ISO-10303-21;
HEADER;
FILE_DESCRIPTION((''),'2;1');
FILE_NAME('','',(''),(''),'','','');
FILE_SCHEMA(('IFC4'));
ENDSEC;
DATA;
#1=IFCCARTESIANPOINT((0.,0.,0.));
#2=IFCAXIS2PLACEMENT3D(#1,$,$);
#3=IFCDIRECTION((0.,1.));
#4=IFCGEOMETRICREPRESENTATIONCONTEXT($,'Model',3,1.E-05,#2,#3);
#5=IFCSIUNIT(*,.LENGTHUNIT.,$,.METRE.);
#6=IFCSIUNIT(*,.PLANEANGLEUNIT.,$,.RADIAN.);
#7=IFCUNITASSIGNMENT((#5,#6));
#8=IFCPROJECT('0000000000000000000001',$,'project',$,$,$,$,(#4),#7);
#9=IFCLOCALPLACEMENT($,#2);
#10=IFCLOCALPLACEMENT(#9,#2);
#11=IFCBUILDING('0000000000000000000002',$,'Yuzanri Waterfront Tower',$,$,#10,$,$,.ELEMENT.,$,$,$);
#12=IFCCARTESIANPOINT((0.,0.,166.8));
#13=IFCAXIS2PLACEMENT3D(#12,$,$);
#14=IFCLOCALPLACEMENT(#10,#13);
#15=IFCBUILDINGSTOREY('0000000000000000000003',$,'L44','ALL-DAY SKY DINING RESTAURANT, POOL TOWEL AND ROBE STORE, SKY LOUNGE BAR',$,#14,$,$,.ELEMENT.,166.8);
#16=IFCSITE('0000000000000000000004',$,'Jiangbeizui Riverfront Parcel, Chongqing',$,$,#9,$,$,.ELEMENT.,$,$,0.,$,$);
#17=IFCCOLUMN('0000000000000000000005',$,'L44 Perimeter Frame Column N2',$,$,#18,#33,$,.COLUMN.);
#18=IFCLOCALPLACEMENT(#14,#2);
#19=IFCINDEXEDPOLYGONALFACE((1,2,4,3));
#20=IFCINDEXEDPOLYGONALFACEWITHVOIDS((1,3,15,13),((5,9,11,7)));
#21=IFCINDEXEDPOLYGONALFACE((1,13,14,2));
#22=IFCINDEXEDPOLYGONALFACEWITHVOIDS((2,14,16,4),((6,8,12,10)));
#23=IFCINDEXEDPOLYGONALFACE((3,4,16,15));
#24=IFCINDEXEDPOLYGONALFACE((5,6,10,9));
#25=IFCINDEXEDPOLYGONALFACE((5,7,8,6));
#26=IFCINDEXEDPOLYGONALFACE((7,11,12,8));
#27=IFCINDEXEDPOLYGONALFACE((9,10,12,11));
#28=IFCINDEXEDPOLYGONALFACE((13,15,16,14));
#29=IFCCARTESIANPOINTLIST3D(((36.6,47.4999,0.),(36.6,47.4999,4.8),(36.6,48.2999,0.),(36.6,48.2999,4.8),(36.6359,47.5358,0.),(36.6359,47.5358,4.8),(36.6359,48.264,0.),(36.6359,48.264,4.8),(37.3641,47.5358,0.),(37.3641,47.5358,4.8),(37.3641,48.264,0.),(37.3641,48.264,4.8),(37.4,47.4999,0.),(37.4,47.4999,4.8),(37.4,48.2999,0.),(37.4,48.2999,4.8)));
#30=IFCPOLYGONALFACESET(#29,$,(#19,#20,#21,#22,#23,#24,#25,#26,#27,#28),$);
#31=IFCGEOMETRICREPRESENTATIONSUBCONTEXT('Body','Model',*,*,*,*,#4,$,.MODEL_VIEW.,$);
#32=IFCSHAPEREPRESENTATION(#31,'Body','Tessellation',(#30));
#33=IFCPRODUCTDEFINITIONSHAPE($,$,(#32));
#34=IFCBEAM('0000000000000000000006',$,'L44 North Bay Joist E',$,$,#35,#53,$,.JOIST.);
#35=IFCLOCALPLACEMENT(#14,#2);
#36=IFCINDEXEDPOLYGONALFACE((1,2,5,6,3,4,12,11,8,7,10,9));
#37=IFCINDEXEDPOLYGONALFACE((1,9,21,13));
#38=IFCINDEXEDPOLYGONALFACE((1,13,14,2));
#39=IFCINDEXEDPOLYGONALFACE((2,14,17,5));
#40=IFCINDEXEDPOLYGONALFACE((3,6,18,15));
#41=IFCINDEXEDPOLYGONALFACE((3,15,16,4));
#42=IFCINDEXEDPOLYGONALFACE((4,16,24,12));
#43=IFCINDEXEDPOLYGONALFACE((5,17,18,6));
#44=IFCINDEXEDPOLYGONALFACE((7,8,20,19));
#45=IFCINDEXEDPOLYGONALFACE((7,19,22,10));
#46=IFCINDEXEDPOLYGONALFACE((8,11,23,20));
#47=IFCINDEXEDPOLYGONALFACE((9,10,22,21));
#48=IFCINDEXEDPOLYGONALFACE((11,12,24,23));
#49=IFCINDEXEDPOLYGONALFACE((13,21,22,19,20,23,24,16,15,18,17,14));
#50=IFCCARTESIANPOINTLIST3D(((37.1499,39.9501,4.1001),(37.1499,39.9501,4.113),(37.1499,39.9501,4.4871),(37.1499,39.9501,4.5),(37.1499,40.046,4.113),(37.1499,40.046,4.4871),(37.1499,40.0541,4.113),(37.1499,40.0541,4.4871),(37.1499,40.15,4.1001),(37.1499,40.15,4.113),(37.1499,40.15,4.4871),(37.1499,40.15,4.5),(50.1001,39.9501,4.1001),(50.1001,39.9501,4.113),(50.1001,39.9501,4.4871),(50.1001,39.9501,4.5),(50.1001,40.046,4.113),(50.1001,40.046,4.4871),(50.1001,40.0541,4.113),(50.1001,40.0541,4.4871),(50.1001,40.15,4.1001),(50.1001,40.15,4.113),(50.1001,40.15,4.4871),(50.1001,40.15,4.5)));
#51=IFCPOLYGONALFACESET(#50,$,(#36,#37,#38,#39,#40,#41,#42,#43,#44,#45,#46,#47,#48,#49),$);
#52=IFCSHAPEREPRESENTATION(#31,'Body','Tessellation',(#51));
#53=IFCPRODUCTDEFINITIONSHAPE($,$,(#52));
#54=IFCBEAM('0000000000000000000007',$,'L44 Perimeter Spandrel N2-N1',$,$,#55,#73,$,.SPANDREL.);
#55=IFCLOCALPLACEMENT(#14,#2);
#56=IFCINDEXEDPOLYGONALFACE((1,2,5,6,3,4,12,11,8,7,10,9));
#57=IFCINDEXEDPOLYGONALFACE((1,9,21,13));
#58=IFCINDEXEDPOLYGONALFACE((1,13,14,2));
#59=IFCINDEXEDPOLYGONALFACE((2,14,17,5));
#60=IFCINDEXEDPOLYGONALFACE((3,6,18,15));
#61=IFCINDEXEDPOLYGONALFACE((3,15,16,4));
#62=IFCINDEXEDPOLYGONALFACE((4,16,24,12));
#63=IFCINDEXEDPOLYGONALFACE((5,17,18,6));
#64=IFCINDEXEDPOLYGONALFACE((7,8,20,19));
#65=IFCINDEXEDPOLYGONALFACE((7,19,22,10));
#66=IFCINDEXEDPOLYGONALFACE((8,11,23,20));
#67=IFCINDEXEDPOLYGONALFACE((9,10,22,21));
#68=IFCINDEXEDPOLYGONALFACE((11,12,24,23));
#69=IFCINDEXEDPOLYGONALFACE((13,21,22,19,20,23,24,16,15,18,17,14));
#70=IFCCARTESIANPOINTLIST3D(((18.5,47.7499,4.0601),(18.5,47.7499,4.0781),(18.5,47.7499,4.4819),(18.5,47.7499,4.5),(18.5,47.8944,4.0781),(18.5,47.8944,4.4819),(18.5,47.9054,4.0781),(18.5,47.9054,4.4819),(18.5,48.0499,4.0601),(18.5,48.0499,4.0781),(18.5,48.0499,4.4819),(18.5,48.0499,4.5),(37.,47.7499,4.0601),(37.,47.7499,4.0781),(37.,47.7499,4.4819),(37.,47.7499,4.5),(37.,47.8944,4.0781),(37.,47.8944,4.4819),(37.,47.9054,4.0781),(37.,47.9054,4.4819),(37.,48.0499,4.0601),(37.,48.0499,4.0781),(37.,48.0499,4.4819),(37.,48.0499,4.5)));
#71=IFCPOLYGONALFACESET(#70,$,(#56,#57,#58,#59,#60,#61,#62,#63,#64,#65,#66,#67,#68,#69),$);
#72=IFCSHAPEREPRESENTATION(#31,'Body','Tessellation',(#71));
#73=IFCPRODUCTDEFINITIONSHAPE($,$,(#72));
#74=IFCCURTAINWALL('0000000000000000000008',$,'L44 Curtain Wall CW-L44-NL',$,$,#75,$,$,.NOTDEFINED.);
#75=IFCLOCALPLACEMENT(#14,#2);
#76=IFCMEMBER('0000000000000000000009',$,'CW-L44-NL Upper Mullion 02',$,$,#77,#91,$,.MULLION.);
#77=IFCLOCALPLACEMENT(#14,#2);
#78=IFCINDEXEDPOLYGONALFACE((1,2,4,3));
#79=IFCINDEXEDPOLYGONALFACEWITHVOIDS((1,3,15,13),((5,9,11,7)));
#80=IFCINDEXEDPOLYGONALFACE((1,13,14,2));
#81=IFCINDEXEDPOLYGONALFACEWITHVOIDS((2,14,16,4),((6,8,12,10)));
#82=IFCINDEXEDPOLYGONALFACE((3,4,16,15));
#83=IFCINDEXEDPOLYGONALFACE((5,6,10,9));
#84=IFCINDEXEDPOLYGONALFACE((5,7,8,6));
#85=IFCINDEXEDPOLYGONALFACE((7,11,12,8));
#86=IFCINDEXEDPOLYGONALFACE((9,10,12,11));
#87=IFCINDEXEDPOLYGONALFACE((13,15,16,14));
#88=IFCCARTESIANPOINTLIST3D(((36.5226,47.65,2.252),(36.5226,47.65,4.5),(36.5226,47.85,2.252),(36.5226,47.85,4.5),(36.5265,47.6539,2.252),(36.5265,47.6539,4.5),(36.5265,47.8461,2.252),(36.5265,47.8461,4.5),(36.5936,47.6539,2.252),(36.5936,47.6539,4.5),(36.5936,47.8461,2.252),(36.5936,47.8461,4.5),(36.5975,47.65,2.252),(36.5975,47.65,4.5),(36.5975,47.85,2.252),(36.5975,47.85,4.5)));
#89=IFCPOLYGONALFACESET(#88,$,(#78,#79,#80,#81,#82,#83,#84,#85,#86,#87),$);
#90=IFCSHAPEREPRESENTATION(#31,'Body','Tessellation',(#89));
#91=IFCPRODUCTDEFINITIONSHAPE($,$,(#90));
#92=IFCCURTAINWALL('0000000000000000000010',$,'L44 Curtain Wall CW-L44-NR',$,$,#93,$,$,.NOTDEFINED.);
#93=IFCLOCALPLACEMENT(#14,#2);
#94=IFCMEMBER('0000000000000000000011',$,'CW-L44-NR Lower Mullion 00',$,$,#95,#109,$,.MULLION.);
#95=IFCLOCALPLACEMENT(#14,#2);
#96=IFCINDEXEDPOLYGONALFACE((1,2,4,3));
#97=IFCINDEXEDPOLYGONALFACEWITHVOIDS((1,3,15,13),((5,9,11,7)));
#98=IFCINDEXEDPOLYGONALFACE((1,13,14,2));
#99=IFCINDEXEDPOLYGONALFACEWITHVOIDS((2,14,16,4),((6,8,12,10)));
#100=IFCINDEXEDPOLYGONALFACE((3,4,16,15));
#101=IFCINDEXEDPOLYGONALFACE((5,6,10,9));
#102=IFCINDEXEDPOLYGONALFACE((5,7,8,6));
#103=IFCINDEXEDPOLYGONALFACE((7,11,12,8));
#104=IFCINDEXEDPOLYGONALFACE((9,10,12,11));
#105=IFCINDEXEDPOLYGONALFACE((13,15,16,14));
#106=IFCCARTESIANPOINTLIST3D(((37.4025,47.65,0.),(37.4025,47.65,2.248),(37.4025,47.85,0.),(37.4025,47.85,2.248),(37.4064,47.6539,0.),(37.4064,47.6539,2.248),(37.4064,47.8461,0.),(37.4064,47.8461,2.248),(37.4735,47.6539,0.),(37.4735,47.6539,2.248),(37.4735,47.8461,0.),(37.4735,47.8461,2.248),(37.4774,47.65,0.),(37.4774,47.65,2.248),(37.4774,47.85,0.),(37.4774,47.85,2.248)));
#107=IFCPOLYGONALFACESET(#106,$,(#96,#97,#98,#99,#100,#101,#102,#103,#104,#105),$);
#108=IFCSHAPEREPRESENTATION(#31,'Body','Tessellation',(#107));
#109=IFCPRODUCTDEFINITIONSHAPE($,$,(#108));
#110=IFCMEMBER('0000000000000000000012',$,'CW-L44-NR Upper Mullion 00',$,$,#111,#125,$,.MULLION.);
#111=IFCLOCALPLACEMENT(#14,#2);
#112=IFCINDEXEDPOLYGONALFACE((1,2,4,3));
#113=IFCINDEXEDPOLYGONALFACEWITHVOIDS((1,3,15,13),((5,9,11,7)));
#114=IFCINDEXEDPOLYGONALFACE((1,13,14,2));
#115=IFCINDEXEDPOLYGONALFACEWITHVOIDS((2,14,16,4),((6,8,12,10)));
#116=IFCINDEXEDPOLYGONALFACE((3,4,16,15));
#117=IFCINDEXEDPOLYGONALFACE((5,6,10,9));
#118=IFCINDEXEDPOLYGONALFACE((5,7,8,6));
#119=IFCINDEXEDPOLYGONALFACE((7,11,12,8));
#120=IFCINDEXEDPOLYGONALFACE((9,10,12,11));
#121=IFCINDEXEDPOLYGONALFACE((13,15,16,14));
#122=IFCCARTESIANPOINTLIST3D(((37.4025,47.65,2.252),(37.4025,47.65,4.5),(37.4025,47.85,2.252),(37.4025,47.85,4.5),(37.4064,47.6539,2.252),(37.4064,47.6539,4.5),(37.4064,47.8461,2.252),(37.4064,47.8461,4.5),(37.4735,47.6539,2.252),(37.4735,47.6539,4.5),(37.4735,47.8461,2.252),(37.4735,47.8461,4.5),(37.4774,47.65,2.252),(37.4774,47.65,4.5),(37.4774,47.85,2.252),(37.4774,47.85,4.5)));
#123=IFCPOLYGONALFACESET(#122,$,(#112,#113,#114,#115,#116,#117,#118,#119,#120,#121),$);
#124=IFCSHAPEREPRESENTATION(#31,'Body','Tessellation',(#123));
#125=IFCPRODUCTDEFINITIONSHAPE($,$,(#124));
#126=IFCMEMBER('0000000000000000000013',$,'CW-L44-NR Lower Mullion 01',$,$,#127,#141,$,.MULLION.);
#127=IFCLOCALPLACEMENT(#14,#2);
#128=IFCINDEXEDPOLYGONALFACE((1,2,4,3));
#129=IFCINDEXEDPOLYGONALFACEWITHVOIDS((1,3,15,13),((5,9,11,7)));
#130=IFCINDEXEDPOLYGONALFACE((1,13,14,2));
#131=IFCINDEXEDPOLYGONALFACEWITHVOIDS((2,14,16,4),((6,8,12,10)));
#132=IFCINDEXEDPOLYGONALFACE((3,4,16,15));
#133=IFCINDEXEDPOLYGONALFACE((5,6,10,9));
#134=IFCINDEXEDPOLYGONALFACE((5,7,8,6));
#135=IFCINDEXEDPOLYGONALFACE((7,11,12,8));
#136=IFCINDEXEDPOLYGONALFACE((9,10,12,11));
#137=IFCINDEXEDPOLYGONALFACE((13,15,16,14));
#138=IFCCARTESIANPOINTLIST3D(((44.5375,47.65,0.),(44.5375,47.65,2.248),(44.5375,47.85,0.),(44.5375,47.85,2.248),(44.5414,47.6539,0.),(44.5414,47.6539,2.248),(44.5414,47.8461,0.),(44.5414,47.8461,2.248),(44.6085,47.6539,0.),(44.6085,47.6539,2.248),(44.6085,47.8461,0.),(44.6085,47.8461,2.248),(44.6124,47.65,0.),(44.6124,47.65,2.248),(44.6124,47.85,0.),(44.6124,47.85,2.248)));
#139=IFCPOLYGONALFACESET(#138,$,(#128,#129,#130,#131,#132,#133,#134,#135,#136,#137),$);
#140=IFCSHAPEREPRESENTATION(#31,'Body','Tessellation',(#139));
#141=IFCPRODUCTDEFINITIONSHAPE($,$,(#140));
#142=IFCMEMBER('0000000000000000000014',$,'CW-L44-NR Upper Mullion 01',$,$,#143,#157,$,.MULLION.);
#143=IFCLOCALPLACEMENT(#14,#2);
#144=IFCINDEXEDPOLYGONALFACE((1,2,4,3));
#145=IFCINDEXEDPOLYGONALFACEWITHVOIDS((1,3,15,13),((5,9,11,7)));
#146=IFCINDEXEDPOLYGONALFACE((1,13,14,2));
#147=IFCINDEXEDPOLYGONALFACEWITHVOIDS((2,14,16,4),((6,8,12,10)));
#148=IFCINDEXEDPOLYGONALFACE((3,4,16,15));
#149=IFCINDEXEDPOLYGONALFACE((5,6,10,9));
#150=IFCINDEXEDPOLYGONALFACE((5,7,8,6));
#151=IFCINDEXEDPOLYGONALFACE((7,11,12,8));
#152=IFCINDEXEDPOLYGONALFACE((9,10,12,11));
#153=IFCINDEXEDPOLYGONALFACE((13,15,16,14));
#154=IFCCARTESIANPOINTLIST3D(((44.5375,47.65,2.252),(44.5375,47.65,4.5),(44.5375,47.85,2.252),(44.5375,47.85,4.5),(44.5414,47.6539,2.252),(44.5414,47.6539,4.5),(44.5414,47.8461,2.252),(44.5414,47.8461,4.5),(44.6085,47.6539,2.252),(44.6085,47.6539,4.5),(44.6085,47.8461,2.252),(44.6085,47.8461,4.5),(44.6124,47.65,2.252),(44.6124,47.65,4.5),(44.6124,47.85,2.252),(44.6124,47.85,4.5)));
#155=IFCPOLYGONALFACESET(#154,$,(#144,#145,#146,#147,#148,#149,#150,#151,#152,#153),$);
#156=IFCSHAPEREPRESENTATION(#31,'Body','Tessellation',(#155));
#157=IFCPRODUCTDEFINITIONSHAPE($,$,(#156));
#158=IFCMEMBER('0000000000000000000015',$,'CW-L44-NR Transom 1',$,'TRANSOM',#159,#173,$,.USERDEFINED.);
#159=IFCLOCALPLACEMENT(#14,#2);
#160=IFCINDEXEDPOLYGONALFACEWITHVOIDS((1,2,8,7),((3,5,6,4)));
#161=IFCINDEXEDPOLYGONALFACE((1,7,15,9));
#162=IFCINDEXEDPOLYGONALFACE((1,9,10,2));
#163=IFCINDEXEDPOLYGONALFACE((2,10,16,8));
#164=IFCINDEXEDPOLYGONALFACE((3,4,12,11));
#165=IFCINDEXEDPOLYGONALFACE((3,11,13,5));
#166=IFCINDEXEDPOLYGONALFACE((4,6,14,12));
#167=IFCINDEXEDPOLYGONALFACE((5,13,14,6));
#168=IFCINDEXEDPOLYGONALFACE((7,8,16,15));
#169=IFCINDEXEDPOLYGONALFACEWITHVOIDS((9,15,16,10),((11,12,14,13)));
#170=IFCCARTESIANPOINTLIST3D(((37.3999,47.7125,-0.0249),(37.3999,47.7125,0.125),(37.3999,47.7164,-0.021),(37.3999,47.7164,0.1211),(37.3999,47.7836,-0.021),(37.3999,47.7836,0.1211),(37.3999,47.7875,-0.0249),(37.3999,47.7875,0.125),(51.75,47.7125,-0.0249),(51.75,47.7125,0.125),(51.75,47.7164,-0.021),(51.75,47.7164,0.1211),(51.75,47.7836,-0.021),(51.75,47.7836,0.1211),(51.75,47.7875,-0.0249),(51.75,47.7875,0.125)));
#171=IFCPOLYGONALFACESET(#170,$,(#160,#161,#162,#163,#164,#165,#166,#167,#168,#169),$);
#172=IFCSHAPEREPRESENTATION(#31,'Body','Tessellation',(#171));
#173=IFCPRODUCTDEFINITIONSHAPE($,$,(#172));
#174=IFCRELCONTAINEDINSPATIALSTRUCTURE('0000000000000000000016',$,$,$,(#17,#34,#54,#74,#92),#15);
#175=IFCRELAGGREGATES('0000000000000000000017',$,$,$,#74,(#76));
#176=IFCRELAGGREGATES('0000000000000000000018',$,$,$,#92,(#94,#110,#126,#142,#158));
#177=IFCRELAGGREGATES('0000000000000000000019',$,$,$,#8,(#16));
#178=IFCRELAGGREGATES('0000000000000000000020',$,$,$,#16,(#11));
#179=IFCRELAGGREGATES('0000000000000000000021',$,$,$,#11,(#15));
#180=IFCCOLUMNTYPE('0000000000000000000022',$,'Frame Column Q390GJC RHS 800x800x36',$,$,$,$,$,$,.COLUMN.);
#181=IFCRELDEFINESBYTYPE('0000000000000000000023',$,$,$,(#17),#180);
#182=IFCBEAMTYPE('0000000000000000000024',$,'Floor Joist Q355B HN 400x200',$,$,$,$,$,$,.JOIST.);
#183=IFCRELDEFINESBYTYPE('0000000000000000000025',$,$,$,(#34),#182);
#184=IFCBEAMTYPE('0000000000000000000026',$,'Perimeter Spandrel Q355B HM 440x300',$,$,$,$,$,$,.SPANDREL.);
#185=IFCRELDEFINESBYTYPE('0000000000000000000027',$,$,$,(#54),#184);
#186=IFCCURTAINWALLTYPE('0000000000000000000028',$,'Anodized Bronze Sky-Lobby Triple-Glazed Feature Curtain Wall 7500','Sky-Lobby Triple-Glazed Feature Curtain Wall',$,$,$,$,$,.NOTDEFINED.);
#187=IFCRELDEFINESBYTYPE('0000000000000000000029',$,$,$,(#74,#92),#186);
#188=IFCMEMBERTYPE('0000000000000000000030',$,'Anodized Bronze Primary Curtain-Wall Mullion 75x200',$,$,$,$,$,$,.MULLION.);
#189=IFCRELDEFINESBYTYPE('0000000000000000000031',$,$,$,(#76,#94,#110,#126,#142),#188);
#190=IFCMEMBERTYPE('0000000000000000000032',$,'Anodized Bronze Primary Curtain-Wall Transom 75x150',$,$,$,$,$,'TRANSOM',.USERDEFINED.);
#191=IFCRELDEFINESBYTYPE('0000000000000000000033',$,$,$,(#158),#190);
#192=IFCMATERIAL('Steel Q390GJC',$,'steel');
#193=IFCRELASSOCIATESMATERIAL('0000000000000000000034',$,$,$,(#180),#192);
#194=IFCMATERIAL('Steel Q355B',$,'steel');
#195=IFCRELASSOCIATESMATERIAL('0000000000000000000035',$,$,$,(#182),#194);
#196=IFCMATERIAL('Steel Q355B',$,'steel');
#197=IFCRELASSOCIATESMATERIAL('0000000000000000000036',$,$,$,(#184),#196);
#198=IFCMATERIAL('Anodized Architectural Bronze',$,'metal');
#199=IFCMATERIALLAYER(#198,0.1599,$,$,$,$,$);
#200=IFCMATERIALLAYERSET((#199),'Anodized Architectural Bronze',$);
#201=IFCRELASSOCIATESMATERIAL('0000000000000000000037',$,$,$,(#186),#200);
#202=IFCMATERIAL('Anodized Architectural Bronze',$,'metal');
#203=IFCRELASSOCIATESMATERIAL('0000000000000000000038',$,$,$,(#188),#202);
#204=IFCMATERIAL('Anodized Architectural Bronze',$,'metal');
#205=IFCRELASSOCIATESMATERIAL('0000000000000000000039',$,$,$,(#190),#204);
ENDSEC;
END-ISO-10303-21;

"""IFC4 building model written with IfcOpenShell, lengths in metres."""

from ifc_helpers import new_model, si_unit, direction, frame, origin, origin_2d, place, context, subcontext, project, spatial, hollow_rectangle, i_section, extrude, source, transform, mapped, material, layer, layer_set, material_profile, profile_set, type_object, element, aggregate, save


model = new_model("IFC4")

# Units and contexts
model_context = context("Model", 3, precision=1e-05, world=origin(), true_north=direction((0.0, 1.0)))
body_context = subcontext(model_context, "Body", "Model", "MODEL_VIEW")
ifc_project = project(units=[si_unit("LENGTHUNIT", "METRE"), si_unit("PLANEANGLEUNIT", "RADIAN")], contexts=[model_context])

# Site, building, storey
site_placement = place(None, origin())
site = spatial("IfcSite", under=ifc_project, at=site_placement, Name="Jiangbeizui Riverfront Parcel, Chongqing", CompositionType="ELEMENT", RefElevation=0.0)
building_placement = place(site_placement, origin())
building = spatial("IfcBuilding", under=site, at=building_placement, Name="Yuzanri Waterfront Tower", CompositionType="ELEMENT")
storey_placement = place(building_placement, frame((0.0, 0.0, 166.8)))
storey = spatial("IfcBuildingStorey", under=building, at=storey_placement, Name="L44", Description="ALL-DAY SKY DINING RESTAURANT, POOL TOWEL AND ROBE STORE, SKY LOUNGE BAR", CompositionType="ELEMENT", Elevation=166.8)

# Column
ifc_material_1 = material(Name="Steel Q390GJC", Category="steel")
ifc_material_profile_1 = material_profile(ifc_material_1, hollow_rectangle(XDim=0.8, YDim=0.8, WallThickness=0.0359, at=origin_2d()), Name="RHS 800x800x36")
ifc_profile_set_1 = profile_set([ifc_material_profile_1], Name="Steel Q390GJC")
column_type = type_object("IfcColumnType", Name="Frame Column Q390GJC RHS 800x800x36", PredefinedType="COLUMN", material=ifc_profile_set_1)
shared_shape_1 = source(origin(), body_context, "Body", "SweptSolid", [
    extrude(hollow_rectangle(XDim=0.8, YDim=0.8, WallThickness=0.0359, at=origin_2d()), origin(), (0.0, 0.0, 1.0), 4.8),
])
column_placement = place(storey_placement, frame((37.0, 47.8999, 0.0), z_axis=(0.0, 0.0, 1.0), x_axis=(1.0, 0.0, 0.0)))
element("IfcColumn", 1, at=column_placement, inside=storey, type_object=column_type, Name="L44 Perimeter Frame Column N2", PredefinedType="COLUMN", context=body_context, shape_type="MappedRepresentation", body=[
    mapped(shared_shape_1, transform((0.0, 0.0, 0.0), scale=1.0)),
])

# Beams
ifc_material_2 = material(Name="Steel Q355B", Category="steel")
ifc_material_profile_2 = material_profile(ifc_material_2, i_section(OverallWidth=0.2, OverallDepth=0.3999, WebThickness=0.0081, FlangeThickness=0.0129, at=origin_2d()), Name="HN 400x200x8x13")
ifc_profile_set_2 = profile_set([ifc_material_profile_2], Name="Steel Q355B")
beam_type_1 = type_object("IfcBeamType", Name="Floor Joist Q355B HN 400x200", PredefinedType="JOIST", material=ifc_profile_set_2)
shared_shape_2 = source(origin(), body_context, "Body", "SweptSolid", [
    extrude(i_section(OverallWidth=0.2, OverallDepth=0.3999, WebThickness=0.0081, FlangeThickness=0.0129, at=origin_2d()), origin(), (0.0, 0.0, 1.0), 12.9502),
])
beam_1_placement = place(storey_placement, frame((37.1499, 40.05, 4.3), z_axis=(1.0, 0.0, 0.0), x_axis=(0.0, 1.0, 0.0)))
element("IfcBeam", 2, at=beam_1_placement, inside=storey, type_object=beam_type_1, Name="L44 North Bay Joist E", PredefinedType="JOIST", context=body_context, shape_type="MappedRepresentation", body=[
    mapped(shared_shape_2, transform((0.0, 0.0, 0.0), scale=1.0)),
])
ifc_material_3 = material(Name="Steel Q355B", Category="steel")
ifc_material_profile_3 = material_profile(ifc_material_3, i_section(OverallWidth=0.3, OverallDepth=0.4399, WebThickness=0.011, FlangeThickness=0.0181, at=origin_2d()), Name="HM 440x300x11x18")
ifc_profile_set_3 = profile_set([ifc_material_profile_3], Name="Steel Q355B")
beam_type_2 = type_object("IfcBeamType", Name="Perimeter Spandrel Q355B HM 440x300", PredefinedType="SPANDREL", material=ifc_profile_set_3)
shared_shape_3 = source(origin(), body_context, "Body", "SweptSolid", [
    extrude(i_section(OverallWidth=0.3, OverallDepth=0.4399, WebThickness=0.011, FlangeThickness=0.0181, at=origin_2d()), origin(), (0.0, 0.0, 1.0), 18.5),
])
beam_2_placement = place(storey_placement, frame((37.0, 47.8999, 4.28), z_axis=(-1.0, 0.0, 0.0), x_axis=(0.0, -1.0, 0.0)))
element("IfcBeam", 3, at=beam_2_placement, inside=storey, type_object=beam_type_2, Name="L44 Perimeter Spandrel N2-N1", PredefinedType="SPANDREL", context=body_context, shape_type="MappedRepresentation", body=[
    mapped(shared_shape_3, transform((0.0, 0.0, 0.0), scale=1.0)),
])

# Curtain wall, member
ifc_material_4 = material(Name="Anodized Architectural Bronze", Category="metal")
ifc_layer_1 = layer(ifc_material_4, 0.1599)
ifc_layer_set_1 = layer_set([ifc_layer_1], Name="Anodized Architectural Bronze")
curtain_wall_type = type_object("IfcCurtainWallType", Name="Anodized Bronze Sky-Lobby Triple-Glazed Feature Curtain Wall 7500", Description="Sky-Lobby Triple-Glazed Feature Curtain Wall", PredefinedType="NOTDEFINED", material=ifc_layer_set_1)
curtain_wall_1_placement = place(storey_placement, origin())
curtain_wall_1 = element("IfcCurtainWall", 4, at=curtain_wall_1_placement, inside=storey, type_object=curtain_wall_type, Name="L44 Curtain Wall CW-L44-NL", PredefinedType="NOTDEFINED")
ifc_material_5 = material(Name="Anodized Architectural Bronze", Category="metal")
ifc_material_profile_4 = material_profile(ifc_material_5, hollow_rectangle(XDim=0.075, YDim=0.2, WallThickness=0.0039, at=origin_2d()), Name="CWM 75x200")
ifc_profile_set_4 = profile_set([ifc_material_profile_4], Name="Anodized Architectural Bronze")
member_type_1 = type_object("IfcMemberType", Name="Anodized Bronze Primary Curtain-Wall Mullion 75x200", PredefinedType="MULLION", material=ifc_profile_set_4)
shared_shape_4 = source(origin(), body_context, "Body", "SweptSolid", [
    extrude(hollow_rectangle(XDim=0.075, YDim=0.2, WallThickness=0.0039, at=origin_2d()), origin(), (0.0, 0.0, 1.0), 2.248),
])
member_1_placement = place(storey_placement, frame((36.5601, 47.75, 2.252), z_axis=(0.0, 0.0, 1.0), x_axis=(1.0, 0.0, 0.0)))
member_1 = element("IfcMember", 5, at=member_1_placement, type_object=member_type_1, Name="CW-L44-NL Upper Mullion 02", PredefinedType="MULLION", context=body_context, shape_type="MappedRepresentation", body=[
    mapped(shared_shape_4, transform((0.0, 0.0, 0.0), scale=1.0)),
])
aggregate(curtain_wall_1, [member_1])

# Curtain wall, members
curtain_wall_2_placement = place(storey_placement, origin())
curtain_wall_2 = element("IfcCurtainWall", 6, at=curtain_wall_2_placement, inside=storey, type_object=curtain_wall_type, Name="L44 Curtain Wall CW-L44-NR", PredefinedType="NOTDEFINED")
member_2_placement = place(storey_placement, frame((37.4399, 47.75, 0.0), z_axis=(0.0, 0.0, 1.0), x_axis=(1.0, 0.0, 0.0)))
member_2 = element("IfcMember", 7, at=member_2_placement, type_object=member_type_1, Name="CW-L44-NR Lower Mullion 00", PredefinedType="MULLION", context=body_context, shape_type="MappedRepresentation", body=[
    mapped(shared_shape_4, transform((0.0, 0.0, 0.0), scale=1.0)),
])
member_3_placement = place(storey_placement, frame((37.4399, 47.75, 2.252), z_axis=(0.0, 0.0, 1.0), x_axis=(1.0, 0.0, 0.0)))
member_3 = element("IfcMember", 8, at=member_3_placement, type_object=member_type_1, Name="CW-L44-NR Upper Mullion 00", PredefinedType="MULLION", context=body_context, shape_type="MappedRepresentation", body=[
    mapped(shared_shape_4, transform((0.0, 0.0, 0.0), scale=1.0)),
])
member_4_placement = place(storey_placement, frame((44.575, 47.75, 0.0), z_axis=(0.0, 0.0, 1.0), x_axis=(1.0, 0.0, 0.0)))
member_4 = element("IfcMember", 9, at=member_4_placement, type_object=member_type_1, Name="CW-L44-NR Lower Mullion 01", PredefinedType="MULLION", context=body_context, shape_type="MappedRepresentation", body=[
    mapped(shared_shape_4, transform((0.0, 0.0, 0.0), scale=1.0)),
])
member_5_placement = place(storey_placement, frame((44.575, 47.75, 2.252), z_axis=(0.0, 0.0, 1.0), x_axis=(1.0, 0.0, 0.0)))
member_5 = element("IfcMember", 10, at=member_5_placement, type_object=member_type_1, Name="CW-L44-NR Upper Mullion 01", PredefinedType="MULLION", context=body_context, shape_type="MappedRepresentation", body=[
    mapped(shared_shape_4, transform((0.0, 0.0, 0.0), scale=1.0)),
])
ifc_material_6 = material(Name="Anodized Architectural Bronze", Category="metal")
ifc_material_profile_5 = material_profile(ifc_material_6, hollow_rectangle(XDim=0.075, YDim=0.1499, WallThickness=0.0039, at=origin_2d()), Name="CWT 75x150")
ifc_profile_set_5 = profile_set([ifc_material_profile_5], Name="Anodized Architectural Bronze")
member_type_2 = type_object("IfcMemberType", Name="Anodized Bronze Primary Curtain-Wall Transom 75x150", ElementType="TRANSOM", PredefinedType="USERDEFINED", material=ifc_profile_set_5)
shared_shape_5 = source(origin(), body_context, "Body", "SweptSolid", [
    extrude(hollow_rectangle(XDim=0.075, YDim=0.1499, WallThickness=0.0039, at=origin_2d()), origin(), (0.0, 0.0, 1.0), 14.3501),
])
member_6_placement = place(storey_placement, frame((37.3999, 47.75, 0.05), z_axis=(1.0, 0.0, 0.0), x_axis=(0.0, 1.0, 0.0)))
member_6 = element("IfcMember", 11, at=member_6_placement, type_object=member_type_2, Name="CW-L44-NR Transom 1", ObjectType="TRANSOM", PredefinedType="USERDEFINED", context=body_context, shape_type="MappedRepresentation", body=[
    mapped(shared_shape_5, transform((0.0, 0.0, 0.0), scale=1.0)),
])

aggregate(curtain_wall_2, [member_2, member_3, member_4, member_5, member_6])

save(model, "model.ifc")
